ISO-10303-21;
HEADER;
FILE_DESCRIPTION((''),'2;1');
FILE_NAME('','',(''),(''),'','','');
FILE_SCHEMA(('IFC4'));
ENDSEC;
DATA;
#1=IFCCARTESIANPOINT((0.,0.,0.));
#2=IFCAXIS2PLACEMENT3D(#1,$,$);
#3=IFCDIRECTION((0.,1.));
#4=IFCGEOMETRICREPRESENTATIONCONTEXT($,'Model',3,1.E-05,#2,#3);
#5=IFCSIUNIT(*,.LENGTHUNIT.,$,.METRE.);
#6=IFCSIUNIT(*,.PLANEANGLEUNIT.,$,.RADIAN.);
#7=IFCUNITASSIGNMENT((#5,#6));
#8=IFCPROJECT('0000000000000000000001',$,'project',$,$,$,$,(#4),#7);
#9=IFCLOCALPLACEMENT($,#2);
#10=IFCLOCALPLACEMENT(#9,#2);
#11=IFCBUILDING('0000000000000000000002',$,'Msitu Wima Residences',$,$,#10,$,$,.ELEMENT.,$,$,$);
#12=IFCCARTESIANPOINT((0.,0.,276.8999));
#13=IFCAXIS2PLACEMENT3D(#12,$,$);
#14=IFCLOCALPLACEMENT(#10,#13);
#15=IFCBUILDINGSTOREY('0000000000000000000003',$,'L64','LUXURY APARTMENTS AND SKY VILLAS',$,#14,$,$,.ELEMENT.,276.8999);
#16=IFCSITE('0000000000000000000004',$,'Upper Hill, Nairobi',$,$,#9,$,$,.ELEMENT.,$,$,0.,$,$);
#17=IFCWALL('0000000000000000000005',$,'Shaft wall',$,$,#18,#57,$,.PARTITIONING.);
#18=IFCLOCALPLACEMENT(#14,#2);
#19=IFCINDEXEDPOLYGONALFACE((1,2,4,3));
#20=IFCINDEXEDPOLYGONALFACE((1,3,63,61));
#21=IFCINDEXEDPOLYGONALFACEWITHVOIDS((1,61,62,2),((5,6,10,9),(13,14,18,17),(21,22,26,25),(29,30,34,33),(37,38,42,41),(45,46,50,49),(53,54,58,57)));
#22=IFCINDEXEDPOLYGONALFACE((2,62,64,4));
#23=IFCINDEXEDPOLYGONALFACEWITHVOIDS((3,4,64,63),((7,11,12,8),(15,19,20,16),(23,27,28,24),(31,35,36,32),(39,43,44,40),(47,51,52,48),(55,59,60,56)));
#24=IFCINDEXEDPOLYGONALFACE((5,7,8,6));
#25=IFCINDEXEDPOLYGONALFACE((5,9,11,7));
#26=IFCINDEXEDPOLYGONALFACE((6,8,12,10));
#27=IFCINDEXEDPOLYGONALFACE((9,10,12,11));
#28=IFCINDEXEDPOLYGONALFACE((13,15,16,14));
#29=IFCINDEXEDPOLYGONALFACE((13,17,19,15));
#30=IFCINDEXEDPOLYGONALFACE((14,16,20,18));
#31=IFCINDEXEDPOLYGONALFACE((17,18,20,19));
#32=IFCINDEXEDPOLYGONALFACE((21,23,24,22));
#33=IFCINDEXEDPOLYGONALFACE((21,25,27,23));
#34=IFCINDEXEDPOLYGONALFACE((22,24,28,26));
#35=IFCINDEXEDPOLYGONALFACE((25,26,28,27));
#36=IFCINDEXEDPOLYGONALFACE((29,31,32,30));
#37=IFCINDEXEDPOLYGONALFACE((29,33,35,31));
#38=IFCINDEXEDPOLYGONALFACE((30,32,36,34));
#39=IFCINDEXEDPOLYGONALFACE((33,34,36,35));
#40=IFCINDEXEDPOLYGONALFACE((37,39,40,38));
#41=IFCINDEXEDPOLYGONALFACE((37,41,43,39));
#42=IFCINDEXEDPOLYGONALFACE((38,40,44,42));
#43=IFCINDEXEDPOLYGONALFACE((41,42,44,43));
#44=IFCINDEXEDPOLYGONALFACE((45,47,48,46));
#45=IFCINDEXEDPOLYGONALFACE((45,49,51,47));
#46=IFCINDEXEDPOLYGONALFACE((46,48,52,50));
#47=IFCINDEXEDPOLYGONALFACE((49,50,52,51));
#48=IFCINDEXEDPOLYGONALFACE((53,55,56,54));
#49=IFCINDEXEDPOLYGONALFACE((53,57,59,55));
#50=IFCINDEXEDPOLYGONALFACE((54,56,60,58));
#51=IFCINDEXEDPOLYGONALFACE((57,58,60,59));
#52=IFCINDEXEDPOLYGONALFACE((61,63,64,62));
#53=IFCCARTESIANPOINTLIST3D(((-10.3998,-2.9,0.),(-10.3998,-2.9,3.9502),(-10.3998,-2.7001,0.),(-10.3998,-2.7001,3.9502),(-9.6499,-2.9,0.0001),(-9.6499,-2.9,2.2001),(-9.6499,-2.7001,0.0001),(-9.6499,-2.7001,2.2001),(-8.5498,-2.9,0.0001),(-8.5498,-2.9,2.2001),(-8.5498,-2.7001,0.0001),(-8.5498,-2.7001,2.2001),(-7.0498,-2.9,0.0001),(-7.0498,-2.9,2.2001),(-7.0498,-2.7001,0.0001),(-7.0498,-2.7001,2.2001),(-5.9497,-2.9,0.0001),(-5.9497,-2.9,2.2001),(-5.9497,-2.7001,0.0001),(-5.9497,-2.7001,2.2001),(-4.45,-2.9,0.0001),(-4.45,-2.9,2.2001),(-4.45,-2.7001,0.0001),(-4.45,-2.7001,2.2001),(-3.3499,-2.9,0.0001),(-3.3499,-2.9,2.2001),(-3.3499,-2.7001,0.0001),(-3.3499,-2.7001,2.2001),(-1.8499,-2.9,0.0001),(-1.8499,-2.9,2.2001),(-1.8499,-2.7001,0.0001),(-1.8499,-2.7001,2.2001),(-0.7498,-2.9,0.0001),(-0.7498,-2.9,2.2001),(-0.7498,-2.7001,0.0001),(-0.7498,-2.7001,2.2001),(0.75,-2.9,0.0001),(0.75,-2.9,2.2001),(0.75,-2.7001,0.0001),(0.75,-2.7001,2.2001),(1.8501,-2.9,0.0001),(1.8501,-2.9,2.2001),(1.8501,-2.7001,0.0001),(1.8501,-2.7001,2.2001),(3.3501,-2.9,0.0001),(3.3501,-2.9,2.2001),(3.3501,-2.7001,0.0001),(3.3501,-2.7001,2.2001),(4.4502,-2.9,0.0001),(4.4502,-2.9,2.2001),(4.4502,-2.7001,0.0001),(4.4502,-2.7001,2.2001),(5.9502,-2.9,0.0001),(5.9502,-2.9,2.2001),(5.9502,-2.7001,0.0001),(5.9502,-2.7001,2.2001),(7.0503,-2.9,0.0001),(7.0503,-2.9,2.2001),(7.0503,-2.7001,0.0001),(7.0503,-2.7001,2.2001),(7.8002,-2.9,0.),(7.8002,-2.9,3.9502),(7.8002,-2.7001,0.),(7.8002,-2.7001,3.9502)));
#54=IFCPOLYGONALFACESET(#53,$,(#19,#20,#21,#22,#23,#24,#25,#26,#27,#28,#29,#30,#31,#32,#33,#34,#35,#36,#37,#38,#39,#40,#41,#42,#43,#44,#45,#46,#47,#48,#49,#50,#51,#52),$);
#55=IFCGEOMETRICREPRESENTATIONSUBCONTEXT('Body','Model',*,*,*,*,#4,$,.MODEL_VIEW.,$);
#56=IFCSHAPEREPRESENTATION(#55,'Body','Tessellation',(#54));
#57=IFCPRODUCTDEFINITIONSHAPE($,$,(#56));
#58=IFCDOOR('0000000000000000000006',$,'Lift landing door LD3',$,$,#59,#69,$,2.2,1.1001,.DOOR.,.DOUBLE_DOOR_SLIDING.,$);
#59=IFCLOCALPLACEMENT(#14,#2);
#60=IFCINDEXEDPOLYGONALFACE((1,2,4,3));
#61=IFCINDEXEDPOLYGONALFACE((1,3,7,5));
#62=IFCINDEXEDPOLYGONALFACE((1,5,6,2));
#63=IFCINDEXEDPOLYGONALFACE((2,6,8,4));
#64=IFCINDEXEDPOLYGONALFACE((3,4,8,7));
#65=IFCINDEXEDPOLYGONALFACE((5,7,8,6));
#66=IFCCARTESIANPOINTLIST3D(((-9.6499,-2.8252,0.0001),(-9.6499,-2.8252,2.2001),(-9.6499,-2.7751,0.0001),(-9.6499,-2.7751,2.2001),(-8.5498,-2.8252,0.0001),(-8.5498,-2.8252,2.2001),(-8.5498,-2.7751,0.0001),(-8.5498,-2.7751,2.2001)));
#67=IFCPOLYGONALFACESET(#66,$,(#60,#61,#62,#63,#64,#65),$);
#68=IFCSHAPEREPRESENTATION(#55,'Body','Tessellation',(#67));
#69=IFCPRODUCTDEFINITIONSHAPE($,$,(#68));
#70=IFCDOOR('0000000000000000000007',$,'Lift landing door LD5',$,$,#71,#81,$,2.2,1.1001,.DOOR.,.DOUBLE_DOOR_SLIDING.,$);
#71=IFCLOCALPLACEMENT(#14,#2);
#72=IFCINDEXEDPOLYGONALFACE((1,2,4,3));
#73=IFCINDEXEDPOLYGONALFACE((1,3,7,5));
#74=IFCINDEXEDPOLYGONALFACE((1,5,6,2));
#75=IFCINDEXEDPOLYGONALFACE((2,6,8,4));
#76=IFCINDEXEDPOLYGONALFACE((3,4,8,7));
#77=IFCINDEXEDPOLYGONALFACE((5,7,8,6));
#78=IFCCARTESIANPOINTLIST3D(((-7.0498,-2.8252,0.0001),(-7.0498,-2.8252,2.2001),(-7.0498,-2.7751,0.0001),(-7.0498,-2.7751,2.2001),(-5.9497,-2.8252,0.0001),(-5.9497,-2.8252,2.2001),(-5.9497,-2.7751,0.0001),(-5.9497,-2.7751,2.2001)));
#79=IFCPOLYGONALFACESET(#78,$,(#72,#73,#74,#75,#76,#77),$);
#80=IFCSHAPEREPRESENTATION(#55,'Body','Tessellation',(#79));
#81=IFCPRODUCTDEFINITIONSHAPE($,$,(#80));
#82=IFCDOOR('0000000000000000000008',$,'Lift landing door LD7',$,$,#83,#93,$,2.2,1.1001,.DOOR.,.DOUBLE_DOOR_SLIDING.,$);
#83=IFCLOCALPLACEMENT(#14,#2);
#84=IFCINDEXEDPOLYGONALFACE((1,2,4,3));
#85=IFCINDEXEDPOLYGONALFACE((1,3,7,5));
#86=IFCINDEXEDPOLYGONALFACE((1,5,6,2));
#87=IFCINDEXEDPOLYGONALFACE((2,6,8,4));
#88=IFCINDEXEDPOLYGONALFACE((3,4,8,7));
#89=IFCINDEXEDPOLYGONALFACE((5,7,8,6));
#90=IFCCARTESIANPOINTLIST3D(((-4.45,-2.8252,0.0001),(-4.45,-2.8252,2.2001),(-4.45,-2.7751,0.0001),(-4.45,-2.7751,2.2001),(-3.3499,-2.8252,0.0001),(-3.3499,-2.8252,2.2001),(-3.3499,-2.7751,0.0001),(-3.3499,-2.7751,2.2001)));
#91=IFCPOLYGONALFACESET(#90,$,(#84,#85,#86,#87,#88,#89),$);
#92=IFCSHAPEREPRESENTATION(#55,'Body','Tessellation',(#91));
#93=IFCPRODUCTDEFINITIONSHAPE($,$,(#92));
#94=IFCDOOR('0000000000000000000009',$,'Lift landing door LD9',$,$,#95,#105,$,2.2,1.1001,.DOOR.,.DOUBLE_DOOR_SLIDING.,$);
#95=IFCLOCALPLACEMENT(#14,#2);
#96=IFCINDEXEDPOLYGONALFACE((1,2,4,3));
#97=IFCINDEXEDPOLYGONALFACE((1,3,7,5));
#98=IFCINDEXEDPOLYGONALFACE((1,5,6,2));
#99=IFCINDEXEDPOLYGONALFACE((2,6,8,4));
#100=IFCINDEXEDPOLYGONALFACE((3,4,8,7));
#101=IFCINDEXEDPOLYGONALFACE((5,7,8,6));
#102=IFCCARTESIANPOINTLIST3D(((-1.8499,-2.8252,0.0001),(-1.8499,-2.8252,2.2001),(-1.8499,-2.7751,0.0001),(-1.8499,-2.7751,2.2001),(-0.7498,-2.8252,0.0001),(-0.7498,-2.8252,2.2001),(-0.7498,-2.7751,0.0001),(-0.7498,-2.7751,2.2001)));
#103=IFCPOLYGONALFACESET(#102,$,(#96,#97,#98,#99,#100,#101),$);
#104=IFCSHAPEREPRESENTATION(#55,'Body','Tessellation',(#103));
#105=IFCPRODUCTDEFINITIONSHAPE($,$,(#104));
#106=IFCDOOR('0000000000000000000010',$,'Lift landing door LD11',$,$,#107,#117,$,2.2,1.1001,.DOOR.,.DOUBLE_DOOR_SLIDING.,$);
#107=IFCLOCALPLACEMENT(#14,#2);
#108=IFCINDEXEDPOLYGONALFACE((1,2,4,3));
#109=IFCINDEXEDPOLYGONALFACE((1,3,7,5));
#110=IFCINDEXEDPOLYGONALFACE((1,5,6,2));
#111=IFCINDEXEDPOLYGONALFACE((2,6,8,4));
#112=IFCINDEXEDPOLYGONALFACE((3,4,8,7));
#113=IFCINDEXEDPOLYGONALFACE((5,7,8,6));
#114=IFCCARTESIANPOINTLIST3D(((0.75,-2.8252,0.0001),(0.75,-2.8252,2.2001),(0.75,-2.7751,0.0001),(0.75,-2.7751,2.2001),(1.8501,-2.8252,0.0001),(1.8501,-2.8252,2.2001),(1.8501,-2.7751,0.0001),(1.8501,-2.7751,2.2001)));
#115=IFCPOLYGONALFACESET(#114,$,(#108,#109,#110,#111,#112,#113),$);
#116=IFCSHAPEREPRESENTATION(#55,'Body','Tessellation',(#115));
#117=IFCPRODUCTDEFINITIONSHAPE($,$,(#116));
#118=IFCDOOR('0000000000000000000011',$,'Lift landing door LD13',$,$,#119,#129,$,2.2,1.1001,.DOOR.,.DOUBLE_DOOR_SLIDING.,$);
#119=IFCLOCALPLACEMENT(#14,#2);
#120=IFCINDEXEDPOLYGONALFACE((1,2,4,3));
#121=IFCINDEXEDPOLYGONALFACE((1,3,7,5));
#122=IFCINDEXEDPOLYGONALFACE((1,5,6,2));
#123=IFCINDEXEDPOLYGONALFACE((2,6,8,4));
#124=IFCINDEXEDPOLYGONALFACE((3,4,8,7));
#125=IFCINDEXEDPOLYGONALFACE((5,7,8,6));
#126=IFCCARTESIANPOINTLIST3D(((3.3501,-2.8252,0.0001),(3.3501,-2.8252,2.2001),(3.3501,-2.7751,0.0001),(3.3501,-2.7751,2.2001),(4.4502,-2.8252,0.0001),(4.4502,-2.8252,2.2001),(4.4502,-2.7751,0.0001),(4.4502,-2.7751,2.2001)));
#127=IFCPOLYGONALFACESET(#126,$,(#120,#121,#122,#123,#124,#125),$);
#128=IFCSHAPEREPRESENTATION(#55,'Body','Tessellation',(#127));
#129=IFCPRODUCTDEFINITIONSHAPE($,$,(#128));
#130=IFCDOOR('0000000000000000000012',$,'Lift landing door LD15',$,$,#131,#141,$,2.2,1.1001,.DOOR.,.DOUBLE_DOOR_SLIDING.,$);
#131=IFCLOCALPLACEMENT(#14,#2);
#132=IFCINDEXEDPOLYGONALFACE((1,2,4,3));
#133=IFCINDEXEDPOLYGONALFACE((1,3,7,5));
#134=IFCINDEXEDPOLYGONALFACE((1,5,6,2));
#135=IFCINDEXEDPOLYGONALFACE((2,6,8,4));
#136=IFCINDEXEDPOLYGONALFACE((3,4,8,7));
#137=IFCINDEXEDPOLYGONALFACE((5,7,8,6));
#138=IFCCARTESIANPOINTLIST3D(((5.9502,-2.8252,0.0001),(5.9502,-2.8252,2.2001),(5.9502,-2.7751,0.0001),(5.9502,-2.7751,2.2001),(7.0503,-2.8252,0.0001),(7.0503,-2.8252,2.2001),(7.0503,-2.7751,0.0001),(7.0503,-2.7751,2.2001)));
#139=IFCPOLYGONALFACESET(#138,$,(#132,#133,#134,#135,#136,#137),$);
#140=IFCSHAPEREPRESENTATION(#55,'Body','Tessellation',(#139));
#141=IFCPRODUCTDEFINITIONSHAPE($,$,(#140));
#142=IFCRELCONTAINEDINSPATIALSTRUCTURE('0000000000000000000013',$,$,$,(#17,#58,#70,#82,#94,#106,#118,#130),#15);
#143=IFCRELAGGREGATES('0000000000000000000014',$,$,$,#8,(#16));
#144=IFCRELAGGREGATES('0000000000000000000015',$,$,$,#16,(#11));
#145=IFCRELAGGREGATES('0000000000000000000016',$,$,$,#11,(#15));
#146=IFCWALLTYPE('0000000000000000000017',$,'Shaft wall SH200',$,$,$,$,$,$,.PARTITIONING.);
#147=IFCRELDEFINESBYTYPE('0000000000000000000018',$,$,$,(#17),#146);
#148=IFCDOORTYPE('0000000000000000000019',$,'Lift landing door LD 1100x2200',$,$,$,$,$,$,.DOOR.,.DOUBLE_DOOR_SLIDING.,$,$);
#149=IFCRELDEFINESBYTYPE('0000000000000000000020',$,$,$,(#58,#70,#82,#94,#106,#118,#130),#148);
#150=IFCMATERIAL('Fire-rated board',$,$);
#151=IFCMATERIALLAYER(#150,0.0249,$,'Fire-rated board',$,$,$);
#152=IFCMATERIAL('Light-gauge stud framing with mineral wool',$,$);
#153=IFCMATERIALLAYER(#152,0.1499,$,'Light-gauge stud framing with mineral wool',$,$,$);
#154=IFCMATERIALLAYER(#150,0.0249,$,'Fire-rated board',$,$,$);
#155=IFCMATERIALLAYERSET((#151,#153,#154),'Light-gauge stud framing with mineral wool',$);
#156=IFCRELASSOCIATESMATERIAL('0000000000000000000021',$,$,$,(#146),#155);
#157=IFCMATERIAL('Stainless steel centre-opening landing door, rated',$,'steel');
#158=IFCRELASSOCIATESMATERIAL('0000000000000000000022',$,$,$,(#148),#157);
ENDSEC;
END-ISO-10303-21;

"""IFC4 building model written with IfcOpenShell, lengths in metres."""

from ifc_helpers import new_model, si_unit, direction, frame, frame_2d, origin, place, context, subcontext, project, spatial, rectangle, extrude, material, layer, layer_set, type_object, element, fill, save


model = new_model("IFC4")

# Units and contexts
model_context = context("Model", 3, precision=1e-05, world=origin(), true_north=direction((0.0, 1.0)))
body_context = subcontext(model_context, "Body", "Model", "MODEL_VIEW")
ifc_project = project(units=[si_unit("LENGTHUNIT", "METRE"), si_unit("PLANEANGLEUNIT", "RADIAN")], contexts=[model_context])

# Site, building, storey
site_placement = place(None, origin())
site = spatial("IfcSite", under=ifc_project, at=site_placement, Name="Upper Hill, Nairobi", CompositionType="ELEMENT", RefElevation=0.0)
building_placement = place(site_placement, origin())
building = spatial("IfcBuilding", under=site, at=building_placement, Name="Msitu Wima Residences", CompositionType="ELEMENT")
storey_placement = place(building_placement, frame((0.0, 0.0, 276.8999)))
storey = spatial("IfcBuildingStorey", under=building, at=storey_placement, Name="L64", Description="LUXURY APARTMENTS AND SKY VILLAS", CompositionType="ELEMENT", Elevation=276.8999)

# Shared definitions
ifc_material_1 = material(Name="Fire-rated board")
ifc_layer_1 = layer(ifc_material_1, 0.0249, Name="Fire-rated board")
ifc_material_2 = material(Name="Light-gauge stud framing with mineral wool")
ifc_layer_2 = layer(ifc_material_2, 0.1499, Name="Light-gauge stud framing with mineral wool")
ifc_layer_3 = layer(ifc_material_1, 0.0249, Name="Fire-rated board")
ifc_layer_set_1 = layer_set([ifc_layer_1, ifc_layer_2, ifc_layer_3], Name="Light-gauge stud framing with mineral wool")
wall_type_1 = type_object("IfcWallType", Name="Shaft wall SH200", PredefinedType="PARTITIONING", material=ifc_layer_set_1)

# Wall, openings, doors
wall_1_placement = place(storey_placement, frame((-10.3999, -2.8, 0.0), z_axis=(0.0, 0.0, 1.0), x_axis=(1.0, 0.0, 0.0)))
wall_1 = element("IfcWall", 1, at=wall_1_placement, inside=storey, type_object=wall_type_1, Name="Shaft wall", PredefinedType="PARTITIONING", context=body_context, shape_type="SweptSolid", body=[
    extrude(rectangle(XDim=18.2, YDim=0.2, at=frame_2d((9.1001, 0.0))), origin(), (0.0, 0.0, 1.0), 3.9502),
])
opening_1_placement = place(wall_1_placement, frame((0.75, 0.0, 0.0)))
opening_1 = element("IfcOpeningElement", 2, at=opening_1_placement, cuts=wall_1, PredefinedType="OPENING", context=body_context, shape_type="SweptSolid", body=[
    extrude(rectangle(XDim=1.1001, YDim=2.2, at=frame_2d((0.55, 1.1001))), frame((0.0, 0.1099, 0.0), z_axis=(0.0, -1.0, 0.0), x_axis=(1.0, 0.0, 0.0)), (0.0, 0.0, 1.0), 0.22),
])
opening_2_placement = place(wall_1_placement, frame((3.3501, 0.0, 0.0)))
opening_2 = element("IfcOpeningElement", 3, at=opening_2_placement, cuts=wall_1, PredefinedType="OPENING", context=body_context, shape_type="SweptSolid", body=[
    extrude(rectangle(XDim=1.1001, YDim=2.2, at=frame_2d((0.55, 1.1001))), frame((0.0, 0.1099, 0.0), z_axis=(0.0, -1.0, 0.0), x_axis=(1.0, 0.0, 0.0)), (0.0, 0.0, 1.0), 0.22),
])
opening_3_placement = place(wall_1_placement, frame((5.95, 0.0, 0.0)))
opening_3 = element("IfcOpeningElement", 4, at=opening_3_placement, cuts=wall_1, PredefinedType="OPENING", context=body_context, shape_type="SweptSolid", body=[
    extrude(rectangle(XDim=1.1001, YDim=2.2, at=frame_2d((0.55, 1.1001))), frame((0.0, 0.1099, 0.0), z_axis=(0.0, -1.0, 0.0), x_axis=(1.0, 0.0, 0.0)), (0.0, 0.0, 1.0), 0.22),
])
opening_4_placement = place(wall_1_placement, frame((8.55, 0.0, 0.0)))
opening_4 = element("IfcOpeningElement", 5, at=opening_4_placement, cuts=wall_1, PredefinedType="OPENING", context=body_context, shape_type="SweptSolid", body=[
    extrude(rectangle(XDim=1.1001, YDim=2.2, at=frame_2d((0.55, 1.1001))), frame((0.0, 0.1099, 0.0), z_axis=(0.0, -1.0, 0.0), x_axis=(1.0, 0.0, 0.0)), (0.0, 0.0, 1.0), 0.22),
])
opening_5_placement = place(wall_1_placement, frame((11.1499, 0.0, 0.0)))
opening_5 = element("IfcOpeningElement", 6, at=opening_5_placement, cuts=wall_1, PredefinedType="OPENING", context=body_context, shape_type="SweptSolid", body=[
    extrude(rectangle(XDim=1.1001, YDim=2.2, at=frame_2d((0.55, 1.1001))), frame((0.0, 0.1099, 0.0), z_axis=(0.0, -1.0, 0.0), x_axis=(1.0, 0.0, 0.0)), (0.0, 0.0, 1.0), 0.22),
])
opening_6_placement = place(wall_1_placement, frame((13.75, 0.0, 0.0)))
opening_6 = element("IfcOpeningElement", 7, at=opening_6_placement, cuts=wall_1, PredefinedType="OPENING", context=body_context, shape_type="SweptSolid", body=[
    extrude(rectangle(XDim=1.1001, YDim=2.2, at=frame_2d((0.55, 1.1001))), frame((0.0, 0.1099, 0.0), z_axis=(0.0, -1.0, 0.0), x_axis=(1.0, 0.0, 0.0)), (0.0, 0.0, 1.0), 0.22),
])
opening_7_placement = place(wall_1_placement, frame((16.3501, 0.0, 0.0)))
opening_7 = element("IfcOpeningElement", 8, at=opening_7_placement, cuts=wall_1, PredefinedType="OPENING", context=body_context, shape_type="SweptSolid", body=[
    extrude(rectangle(XDim=1.1001, YDim=2.2, at=frame_2d((0.55, 1.1001))), frame((0.0, 0.1099, 0.0), z_axis=(0.0, -1.0, 0.0), x_axis=(1.0, 0.0, 0.0)), (0.0, 0.0, 1.0), 0.22),
])
ifc_material_3 = material(Name="Stainless steel centre-opening landing door, rated", Category="steel")
door_type_1 = type_object("IfcDoorType", Name="Lift landing door LD 1100x2200", OperationType="DOUBLE_DOOR_SLIDING", PredefinedType="DOOR", material=ifc_material_3)
door_1_placement = place(opening_1_placement, origin())
door_1 = element("IfcDoor", 9, at=door_1_placement, inside=storey, type_object=door_type_1, Name="Lift landing door LD3", OperationType="DOUBLE_DOOR_SLIDING", OverallHeight=2.2, OverallWidth=1.1001, PredefinedType="DOOR", context=body_context, shape_type="SweptSolid", body=[
    extrude(rectangle(XDim=1.1001, YDim=2.2, at=frame_2d((0.55, 1.1001))), frame((0.0, 0.0249, 0.0), z_axis=(0.0, -1.0, 0.0), x_axis=(1.0, 0.0, 0.0)), (0.0, 0.0, 1.0), 0.05),
])
fill(opening_1, door_1)
door_2_placement = place(opening_2_placement, origin())
door_2 = element("IfcDoor", 10, at=door_2_placement, inside=storey, type_object=door_type_1, Name="Lift landing door LD5", OperationType="DOUBLE_DOOR_SLIDING", OverallHeight=2.2, OverallWidth=1.1001, PredefinedType="DOOR", context=body_context, shape_type="SweptSolid", body=[
    extrude(rectangle(XDim=1.1001, YDim=2.2, at=frame_2d((0.55, 1.1001))), frame((0.0, 0.0249, 0.0), z_axis=(0.0, -1.0, 0.0), x_axis=(1.0, 0.0, 0.0)), (0.0, 0.0, 1.0), 0.05),
])
fill(opening_2, door_2)
door_3_placement = place(opening_3_placement, origin())
door_3 = element("IfcDoor", 11, at=door_3_placement, inside=storey, type_object=door_type_1, Name="Lift landing door LD7", OperationType="DOUBLE_DOOR_SLIDING", OverallHeight=2.2, OverallWidth=1.1001, PredefinedType="DOOR", context=body_context, shape_type="SweptSolid", body=[
    extrude(rectangle(XDim=1.1001, YDim=2.2, at=frame_2d((0.55, 1.1001))), frame((0.0, 0.0249, 0.0), z_axis=(0.0, -1.0, 0.0), x_axis=(1.0, 0.0, 0.0)), (0.0, 0.0, 1.0), 0.05),
])
fill(opening_3, door_3)
door_4_placement = place(opening_4_placement, origin())
door_4 = element("IfcDoor", 12, at=door_4_placement, inside=storey, type_object=door_type_1, Name="Lift landing door LD9", OperationType="DOUBLE_DOOR_SLIDING", OverallHeight=2.2, OverallWidth=1.1001, PredefinedType="DOOR", context=body_context, shape_type="SweptSolid", body=[
    extrude(rectangle(XDim=1.1001, YDim=2.2, at=frame_2d((0.55, 1.1001))), frame((0.0, 0.0249, 0.0), z_axis=(0.0, -1.0, 0.0), x_axis=(1.0, 0.0, 0.0)), (0.0, 0.0, 1.0), 0.05),
])
fill(opening_4, door_4)
door_5_placement = place(opening_5_placement, origin())
door_5 = element("IfcDoor", 13, at=door_5_placement, inside=storey, type_object=door_type_1, Name="Lift landing door LD11", OperationType="DOUBLE_DOOR_SLIDING", OverallHeight=2.2, OverallWidth=1.1001, PredefinedType="DOOR", context=body_context, shape_type="SweptSolid", body=[
    extrude(rectangle(XDim=1.1001, YDim=2.2, at=frame_2d((0.55, 1.1001))), frame((0.0, 0.0249, 0.0), z_axis=(0.0, -1.0, 0.0), x_axis=(1.0, 0.0, 0.0)), (0.0, 0.0, 1.0), 0.05),
])
fill(opening_5, door_5)
door_6_placement = place(opening_6_placement, origin())
door_6 = element("IfcDoor", 14, at=door_6_placement, inside=storey, type_object=door_type_1, Name="Lift landing door LD13", OperationType="DOUBLE_DOOR_SLIDING", OverallHeight=2.2, OverallWidth=1.1001, PredefinedType="DOOR", context=body_context, shape_type="SweptSolid", body=[
    extrude(rectangle(XDim=1.1001, YDim=2.2, at=frame_2d((0.55, 1.1001))), frame((0.0, 0.0249, 0.0), z_axis=(0.0, -1.0, 0.0), x_axis=(1.0, 0.0, 0.0)), (0.0, 0.0, 1.0), 0.05),
])
fill(opening_6, door_6)
door_7_placement = place(opening_7_placement, origin())
door_7 = element("IfcDoor", 15, at=door_7_placement, inside=storey, type_object=door_type_1, Name="Lift landing door LD15", OperationType="DOUBLE_DOOR_SLIDING", OverallHeight=2.2, OverallWidth=1.1001, PredefinedType="DOOR", context=body_context, shape_type="SweptSolid", body=[
    extrude(rectangle(XDim=1.1001, YDim=2.2, at=frame_2d((0.55, 1.1001))), frame((0.0, 0.0249, 0.0), z_axis=(0.0, -1.0, 0.0), x_axis=(1.0, 0.0, 0.0)), (0.0, 0.0, 1.0), 0.05),
])
fill(opening_7, door_7)

save(model, "model.ifc")
